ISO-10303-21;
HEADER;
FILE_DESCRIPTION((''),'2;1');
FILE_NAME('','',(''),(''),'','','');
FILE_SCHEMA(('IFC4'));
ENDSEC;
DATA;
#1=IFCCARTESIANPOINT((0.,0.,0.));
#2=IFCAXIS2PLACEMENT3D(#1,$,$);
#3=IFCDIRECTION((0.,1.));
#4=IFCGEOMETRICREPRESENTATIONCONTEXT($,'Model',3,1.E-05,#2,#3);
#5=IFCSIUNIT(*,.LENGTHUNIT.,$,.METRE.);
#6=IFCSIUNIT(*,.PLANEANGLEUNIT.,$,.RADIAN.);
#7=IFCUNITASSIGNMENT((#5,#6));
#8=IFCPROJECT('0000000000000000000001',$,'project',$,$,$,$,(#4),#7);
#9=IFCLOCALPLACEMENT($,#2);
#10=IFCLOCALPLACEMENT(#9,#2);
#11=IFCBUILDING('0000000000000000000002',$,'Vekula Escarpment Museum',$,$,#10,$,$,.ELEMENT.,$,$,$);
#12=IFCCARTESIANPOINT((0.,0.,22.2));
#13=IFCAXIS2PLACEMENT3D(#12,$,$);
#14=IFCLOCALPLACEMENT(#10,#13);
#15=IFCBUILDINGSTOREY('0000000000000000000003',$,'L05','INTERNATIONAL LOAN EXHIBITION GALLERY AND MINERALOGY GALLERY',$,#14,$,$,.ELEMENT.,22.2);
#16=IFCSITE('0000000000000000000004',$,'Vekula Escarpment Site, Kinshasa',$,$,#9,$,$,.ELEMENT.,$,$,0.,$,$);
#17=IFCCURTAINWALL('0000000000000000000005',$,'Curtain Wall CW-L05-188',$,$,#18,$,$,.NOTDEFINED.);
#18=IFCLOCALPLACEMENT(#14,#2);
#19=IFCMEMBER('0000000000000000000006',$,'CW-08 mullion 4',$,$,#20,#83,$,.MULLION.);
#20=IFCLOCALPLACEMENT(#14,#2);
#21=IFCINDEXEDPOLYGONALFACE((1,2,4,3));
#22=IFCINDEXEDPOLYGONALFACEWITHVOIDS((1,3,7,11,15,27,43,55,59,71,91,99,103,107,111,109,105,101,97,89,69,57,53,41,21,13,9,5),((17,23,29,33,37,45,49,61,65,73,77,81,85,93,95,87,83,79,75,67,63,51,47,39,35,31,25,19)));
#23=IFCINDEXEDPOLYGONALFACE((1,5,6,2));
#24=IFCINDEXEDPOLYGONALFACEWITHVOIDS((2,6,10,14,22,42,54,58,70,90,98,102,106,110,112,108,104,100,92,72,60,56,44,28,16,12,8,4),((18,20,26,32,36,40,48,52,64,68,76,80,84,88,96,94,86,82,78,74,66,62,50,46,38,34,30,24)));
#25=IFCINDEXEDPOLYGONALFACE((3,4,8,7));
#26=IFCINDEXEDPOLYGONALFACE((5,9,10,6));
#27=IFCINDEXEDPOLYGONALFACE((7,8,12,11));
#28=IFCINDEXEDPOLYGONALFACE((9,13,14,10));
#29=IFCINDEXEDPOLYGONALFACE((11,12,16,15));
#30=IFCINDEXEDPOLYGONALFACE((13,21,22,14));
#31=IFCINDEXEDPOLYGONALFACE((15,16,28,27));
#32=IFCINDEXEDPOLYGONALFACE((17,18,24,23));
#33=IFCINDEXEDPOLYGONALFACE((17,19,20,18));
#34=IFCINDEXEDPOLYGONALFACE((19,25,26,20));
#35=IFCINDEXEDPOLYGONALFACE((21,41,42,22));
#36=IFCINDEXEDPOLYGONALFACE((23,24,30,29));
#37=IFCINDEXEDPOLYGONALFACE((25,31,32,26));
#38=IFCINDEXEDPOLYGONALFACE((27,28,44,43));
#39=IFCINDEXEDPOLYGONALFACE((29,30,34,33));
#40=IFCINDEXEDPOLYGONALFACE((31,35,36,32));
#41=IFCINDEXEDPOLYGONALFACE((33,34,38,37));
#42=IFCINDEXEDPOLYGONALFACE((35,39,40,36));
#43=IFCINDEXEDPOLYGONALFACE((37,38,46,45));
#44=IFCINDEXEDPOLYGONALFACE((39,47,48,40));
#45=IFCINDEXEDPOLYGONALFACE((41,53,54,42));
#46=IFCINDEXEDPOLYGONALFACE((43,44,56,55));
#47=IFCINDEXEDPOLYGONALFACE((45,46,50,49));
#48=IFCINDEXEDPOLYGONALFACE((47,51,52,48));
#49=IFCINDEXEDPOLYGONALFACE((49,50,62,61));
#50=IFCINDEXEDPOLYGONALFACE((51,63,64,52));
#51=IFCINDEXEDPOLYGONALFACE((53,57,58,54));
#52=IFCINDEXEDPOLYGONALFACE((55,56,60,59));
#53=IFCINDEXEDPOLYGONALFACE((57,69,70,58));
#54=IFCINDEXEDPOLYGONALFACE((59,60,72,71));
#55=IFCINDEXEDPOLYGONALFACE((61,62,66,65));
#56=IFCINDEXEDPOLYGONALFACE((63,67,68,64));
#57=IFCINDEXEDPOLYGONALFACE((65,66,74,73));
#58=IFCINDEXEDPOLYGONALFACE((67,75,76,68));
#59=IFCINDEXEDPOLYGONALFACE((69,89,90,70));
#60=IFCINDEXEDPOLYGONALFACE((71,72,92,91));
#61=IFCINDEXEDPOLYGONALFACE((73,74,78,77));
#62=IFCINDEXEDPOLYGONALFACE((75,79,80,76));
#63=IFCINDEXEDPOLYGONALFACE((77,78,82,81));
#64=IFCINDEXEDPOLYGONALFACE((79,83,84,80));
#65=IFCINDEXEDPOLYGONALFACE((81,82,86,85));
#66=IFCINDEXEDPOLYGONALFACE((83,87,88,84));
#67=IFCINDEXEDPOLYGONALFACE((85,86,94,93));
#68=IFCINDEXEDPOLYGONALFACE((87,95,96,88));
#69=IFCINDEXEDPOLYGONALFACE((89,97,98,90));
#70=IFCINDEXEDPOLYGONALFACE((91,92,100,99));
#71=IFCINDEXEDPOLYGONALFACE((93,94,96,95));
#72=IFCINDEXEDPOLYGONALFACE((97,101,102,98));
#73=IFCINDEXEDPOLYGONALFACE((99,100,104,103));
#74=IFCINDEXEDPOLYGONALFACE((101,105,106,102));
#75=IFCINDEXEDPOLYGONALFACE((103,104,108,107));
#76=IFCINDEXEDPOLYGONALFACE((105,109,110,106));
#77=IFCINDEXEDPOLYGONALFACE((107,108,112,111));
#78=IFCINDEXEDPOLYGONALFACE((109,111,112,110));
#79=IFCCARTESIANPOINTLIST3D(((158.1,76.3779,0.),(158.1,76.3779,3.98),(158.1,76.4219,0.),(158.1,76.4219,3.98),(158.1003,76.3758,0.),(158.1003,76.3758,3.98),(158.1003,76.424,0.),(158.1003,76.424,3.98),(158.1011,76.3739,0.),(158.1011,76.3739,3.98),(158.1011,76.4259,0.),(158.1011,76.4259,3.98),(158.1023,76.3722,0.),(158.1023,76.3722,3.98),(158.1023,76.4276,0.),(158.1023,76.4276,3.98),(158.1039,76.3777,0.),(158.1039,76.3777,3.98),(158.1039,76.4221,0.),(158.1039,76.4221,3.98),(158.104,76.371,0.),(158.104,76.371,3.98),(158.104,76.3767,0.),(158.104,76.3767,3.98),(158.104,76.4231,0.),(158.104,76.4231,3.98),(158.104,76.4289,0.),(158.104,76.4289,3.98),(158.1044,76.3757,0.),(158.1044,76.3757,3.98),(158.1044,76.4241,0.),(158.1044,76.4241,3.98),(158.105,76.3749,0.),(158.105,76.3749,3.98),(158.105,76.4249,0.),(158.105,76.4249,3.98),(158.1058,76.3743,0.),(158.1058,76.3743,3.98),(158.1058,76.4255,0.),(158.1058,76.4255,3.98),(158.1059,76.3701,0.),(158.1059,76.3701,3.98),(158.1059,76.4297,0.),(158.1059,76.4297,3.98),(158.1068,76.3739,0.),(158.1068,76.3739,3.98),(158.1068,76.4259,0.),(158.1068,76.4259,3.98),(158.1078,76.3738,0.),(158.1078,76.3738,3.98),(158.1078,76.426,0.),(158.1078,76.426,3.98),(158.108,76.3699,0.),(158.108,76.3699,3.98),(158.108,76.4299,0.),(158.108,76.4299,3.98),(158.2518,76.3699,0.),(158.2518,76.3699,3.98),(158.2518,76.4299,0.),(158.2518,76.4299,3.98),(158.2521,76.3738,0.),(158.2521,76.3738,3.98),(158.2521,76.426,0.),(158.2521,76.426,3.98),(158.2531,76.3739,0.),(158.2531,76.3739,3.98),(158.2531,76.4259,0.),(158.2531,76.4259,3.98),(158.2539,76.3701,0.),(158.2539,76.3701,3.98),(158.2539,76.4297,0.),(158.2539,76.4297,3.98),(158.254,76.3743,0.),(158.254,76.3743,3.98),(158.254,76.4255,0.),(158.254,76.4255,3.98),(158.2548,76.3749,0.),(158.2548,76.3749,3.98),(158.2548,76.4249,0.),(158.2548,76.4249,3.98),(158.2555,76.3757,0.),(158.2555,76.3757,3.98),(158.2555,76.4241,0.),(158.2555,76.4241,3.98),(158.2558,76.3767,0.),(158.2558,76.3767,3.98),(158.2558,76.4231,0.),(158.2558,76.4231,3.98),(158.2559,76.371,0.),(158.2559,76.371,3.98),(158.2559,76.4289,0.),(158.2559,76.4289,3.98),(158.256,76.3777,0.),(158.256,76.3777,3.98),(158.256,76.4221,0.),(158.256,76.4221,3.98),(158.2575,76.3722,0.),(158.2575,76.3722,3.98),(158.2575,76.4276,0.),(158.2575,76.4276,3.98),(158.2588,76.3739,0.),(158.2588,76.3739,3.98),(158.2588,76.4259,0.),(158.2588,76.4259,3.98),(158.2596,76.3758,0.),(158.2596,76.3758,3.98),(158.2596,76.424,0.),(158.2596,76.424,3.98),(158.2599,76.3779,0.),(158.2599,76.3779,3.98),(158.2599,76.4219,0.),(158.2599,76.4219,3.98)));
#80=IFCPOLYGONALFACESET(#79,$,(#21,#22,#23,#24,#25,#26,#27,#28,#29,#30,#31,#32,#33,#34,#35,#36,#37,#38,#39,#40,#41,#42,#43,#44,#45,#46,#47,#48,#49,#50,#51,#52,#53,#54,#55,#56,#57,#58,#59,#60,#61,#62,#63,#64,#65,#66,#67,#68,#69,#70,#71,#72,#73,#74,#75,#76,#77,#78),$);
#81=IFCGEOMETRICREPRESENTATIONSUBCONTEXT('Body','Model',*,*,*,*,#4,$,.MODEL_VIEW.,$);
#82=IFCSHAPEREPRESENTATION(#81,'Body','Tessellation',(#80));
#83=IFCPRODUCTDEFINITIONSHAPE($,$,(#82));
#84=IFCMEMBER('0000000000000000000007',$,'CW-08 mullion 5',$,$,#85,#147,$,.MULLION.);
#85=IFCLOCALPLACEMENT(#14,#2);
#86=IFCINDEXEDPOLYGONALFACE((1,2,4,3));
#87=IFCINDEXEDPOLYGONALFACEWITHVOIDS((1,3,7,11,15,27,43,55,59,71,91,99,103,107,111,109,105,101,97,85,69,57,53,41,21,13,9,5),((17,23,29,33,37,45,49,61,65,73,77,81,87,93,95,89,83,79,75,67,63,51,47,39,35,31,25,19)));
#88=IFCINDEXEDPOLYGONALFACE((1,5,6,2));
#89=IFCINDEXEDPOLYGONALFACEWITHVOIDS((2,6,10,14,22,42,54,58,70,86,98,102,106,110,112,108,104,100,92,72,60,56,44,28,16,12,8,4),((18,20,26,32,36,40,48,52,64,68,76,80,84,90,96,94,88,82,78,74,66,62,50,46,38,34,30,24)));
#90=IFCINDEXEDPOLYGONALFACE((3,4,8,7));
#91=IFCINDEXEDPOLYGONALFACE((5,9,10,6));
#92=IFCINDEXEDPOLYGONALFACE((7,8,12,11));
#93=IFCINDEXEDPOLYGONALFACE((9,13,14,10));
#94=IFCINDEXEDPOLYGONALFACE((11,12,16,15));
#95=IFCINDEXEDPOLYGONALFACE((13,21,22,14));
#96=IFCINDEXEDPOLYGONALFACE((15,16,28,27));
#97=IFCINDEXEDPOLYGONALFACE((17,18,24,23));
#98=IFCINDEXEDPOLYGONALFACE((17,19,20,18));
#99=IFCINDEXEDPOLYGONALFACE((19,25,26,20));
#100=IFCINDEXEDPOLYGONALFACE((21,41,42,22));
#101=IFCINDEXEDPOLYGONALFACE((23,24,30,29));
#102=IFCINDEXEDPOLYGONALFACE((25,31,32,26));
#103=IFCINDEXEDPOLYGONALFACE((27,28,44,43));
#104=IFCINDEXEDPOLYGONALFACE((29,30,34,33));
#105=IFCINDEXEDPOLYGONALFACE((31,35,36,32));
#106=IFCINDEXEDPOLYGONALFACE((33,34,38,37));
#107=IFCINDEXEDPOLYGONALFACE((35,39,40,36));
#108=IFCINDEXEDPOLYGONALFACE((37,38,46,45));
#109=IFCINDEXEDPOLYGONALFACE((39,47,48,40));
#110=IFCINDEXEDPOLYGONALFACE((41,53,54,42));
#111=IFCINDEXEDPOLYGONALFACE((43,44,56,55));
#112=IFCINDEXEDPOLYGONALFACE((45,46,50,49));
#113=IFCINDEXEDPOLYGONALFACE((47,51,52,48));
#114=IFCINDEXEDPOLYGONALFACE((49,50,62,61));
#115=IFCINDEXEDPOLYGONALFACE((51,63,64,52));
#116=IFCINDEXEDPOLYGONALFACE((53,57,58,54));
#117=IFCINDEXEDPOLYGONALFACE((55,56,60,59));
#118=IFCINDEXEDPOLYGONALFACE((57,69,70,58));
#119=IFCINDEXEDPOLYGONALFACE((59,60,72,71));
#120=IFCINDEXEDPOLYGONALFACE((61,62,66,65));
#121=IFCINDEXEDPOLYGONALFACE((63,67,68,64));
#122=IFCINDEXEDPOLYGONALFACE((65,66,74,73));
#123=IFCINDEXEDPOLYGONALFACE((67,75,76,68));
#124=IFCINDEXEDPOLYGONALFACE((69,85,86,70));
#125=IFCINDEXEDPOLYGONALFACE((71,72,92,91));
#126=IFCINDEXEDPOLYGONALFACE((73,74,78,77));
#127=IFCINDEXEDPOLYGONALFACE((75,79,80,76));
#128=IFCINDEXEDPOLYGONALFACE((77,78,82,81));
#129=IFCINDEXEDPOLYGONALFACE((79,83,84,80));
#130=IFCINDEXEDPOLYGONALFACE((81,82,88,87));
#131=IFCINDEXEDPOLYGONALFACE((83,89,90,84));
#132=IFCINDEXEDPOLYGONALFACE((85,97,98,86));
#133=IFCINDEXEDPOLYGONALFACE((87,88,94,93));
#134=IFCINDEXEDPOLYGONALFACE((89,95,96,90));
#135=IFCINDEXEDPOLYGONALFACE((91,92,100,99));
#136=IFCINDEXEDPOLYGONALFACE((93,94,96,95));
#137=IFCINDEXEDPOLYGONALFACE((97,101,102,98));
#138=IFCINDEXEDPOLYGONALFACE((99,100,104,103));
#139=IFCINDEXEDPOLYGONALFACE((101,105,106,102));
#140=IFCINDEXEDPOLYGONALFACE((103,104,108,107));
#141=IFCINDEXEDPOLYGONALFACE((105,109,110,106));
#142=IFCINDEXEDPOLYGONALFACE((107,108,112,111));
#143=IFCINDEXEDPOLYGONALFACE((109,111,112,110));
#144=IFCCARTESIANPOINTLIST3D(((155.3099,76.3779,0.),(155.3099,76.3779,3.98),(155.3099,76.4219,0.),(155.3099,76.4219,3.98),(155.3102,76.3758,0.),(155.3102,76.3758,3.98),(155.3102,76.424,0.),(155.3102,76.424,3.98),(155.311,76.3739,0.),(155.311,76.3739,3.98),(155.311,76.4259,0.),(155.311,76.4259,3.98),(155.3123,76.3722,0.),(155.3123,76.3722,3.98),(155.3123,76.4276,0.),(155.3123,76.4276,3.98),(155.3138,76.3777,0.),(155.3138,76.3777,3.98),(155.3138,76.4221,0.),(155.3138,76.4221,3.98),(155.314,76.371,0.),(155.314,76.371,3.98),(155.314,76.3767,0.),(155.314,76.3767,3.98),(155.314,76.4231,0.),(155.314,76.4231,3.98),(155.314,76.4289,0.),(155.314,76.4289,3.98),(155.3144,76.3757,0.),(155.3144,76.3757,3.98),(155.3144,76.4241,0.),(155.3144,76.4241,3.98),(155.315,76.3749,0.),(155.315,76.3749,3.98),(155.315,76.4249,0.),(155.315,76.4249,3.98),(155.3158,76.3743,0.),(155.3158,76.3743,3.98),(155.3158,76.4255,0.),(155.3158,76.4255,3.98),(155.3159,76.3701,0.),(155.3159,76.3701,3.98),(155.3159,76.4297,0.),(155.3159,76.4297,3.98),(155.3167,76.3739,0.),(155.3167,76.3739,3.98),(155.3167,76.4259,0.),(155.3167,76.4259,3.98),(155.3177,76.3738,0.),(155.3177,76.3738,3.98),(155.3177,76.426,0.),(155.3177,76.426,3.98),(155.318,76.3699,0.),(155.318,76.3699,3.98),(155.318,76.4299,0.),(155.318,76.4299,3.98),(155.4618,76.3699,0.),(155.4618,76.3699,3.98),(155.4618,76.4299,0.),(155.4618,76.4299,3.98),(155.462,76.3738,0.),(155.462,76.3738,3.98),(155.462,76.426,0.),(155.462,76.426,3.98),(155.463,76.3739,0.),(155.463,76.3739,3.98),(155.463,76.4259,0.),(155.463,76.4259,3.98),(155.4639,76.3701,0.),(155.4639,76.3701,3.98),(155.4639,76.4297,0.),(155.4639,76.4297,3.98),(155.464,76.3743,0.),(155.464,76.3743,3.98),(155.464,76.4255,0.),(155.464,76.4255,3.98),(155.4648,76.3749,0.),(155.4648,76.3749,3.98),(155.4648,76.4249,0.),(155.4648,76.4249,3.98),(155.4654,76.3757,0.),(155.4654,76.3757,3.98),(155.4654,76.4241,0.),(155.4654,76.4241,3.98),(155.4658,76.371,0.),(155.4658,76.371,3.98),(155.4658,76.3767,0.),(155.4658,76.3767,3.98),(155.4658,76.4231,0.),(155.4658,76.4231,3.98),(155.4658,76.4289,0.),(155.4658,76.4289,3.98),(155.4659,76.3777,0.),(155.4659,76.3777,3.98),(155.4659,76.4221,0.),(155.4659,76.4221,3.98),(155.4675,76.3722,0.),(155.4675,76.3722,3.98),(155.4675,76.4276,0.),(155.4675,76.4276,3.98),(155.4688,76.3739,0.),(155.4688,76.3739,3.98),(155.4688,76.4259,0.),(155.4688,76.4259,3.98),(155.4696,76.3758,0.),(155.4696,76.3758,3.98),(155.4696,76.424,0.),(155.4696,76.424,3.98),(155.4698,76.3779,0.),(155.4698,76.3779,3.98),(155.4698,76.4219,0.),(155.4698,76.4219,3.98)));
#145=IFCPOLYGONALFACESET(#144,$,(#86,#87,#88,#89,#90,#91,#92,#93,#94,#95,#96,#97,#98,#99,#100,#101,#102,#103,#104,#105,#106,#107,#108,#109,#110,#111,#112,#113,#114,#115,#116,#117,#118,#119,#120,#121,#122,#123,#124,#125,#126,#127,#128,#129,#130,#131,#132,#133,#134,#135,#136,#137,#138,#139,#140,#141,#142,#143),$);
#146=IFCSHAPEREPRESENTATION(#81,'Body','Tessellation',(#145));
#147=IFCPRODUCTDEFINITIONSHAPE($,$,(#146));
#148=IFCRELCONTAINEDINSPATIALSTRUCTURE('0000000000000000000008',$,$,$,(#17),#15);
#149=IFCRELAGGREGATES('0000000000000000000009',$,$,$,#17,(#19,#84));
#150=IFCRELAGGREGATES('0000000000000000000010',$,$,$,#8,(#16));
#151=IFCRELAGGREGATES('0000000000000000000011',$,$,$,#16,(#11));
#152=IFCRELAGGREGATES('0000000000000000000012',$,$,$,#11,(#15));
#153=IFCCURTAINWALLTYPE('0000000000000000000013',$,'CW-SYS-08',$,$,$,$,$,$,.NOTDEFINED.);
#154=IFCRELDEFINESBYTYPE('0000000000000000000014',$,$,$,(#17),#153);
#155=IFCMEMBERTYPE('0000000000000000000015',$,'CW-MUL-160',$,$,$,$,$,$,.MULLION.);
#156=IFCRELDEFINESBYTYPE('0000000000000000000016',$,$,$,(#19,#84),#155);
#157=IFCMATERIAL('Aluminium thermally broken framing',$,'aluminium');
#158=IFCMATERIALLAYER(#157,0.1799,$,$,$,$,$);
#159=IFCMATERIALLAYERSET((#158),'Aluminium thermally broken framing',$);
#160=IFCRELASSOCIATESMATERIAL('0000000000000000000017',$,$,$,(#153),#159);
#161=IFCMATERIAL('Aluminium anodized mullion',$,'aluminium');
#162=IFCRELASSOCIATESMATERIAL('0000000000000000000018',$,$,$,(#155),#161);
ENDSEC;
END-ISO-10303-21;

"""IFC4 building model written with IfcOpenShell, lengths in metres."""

from ifc_helpers import new_model, si_unit, direction, frame, origin, origin_2d, place, context, subcontext, project, spatial, hollow_rectangle, extrude, material, layer, layer_set, material_profile, profile_set, type_object, element, aggregate, save


model = new_model("IFC4")

# Units and contexts
model_context = context("Model", 3, precision=1e-05, world=origin(), true_north=direction((0.0, 1.0)))
body_context = subcontext(model_context, "Body", "Model", "MODEL_VIEW")
ifc_project = project(units=[si_unit("LENGTHUNIT", "METRE"), si_unit("PLANEANGLEUNIT", "RADIAN")], contexts=[model_context])

# Site, building, storey
site_placement = place(None, origin())
site = spatial("IfcSite", under=ifc_project, at=site_placement, Name="Vekula Escarpment Site, Kinshasa", CompositionType="ELEMENT", RefElevation=0.0)
building_placement = place(site_placement, origin())
building = spatial("IfcBuilding", under=site, at=building_placement, Name="Vekula Escarpment Museum", CompositionType="ELEMENT")
storey_placement = place(building_placement, frame((0.0, 0.0, 22.2)))
storey = spatial("IfcBuildingStorey", under=building, at=storey_placement, Name="L05", Description="INTERNATIONAL LOAN EXHIBITION GALLERY AND MINERALOGY GALLERY", CompositionType="ELEMENT", Elevation=22.2)

# Curtain wall, members
ifc_material_1 = material(Name="Aluminium thermally broken framing", Category="aluminium")
ifc_layer_1 = layer(ifc_material_1, 0.1799)
ifc_layer_set_1 = layer_set([ifc_layer_1], Name="Aluminium thermally broken framing")
curtain_wall_type = type_object("IfcCurtainWallType", Name="CW-SYS-08", PredefinedType="NOTDEFINED", material=ifc_layer_set_1)
curtain_wall_placement = place(storey_placement, origin())
curtain_wall = element("IfcCurtainWall", 1, at=curtain_wall_placement, inside=storey, type_object=curtain_wall_type, Name="Curtain Wall CW-L05-188", PredefinedType="NOTDEFINED")
ifc_material_2 = material(Name="Aluminium anodized mullion", Category="aluminium")
ifc_material_profile_1 = material_profile(ifc_material_2, hollow_rectangle(XDim=0.0601, YDim=0.1599, WallThickness=0.0039, InnerFilletRadius=0.0039, OuterFilletRadius=0.0081, at=origin_2d()), Name="ALU 160x60x4")
ifc_profile_set_1 = profile_set([ifc_material_profile_1], Name="Aluminium anodized mullion")
member_type_1 = type_object("IfcMemberType", Name="CW-MUL-160", PredefinedType="MULLION", material=ifc_profile_set_1)
member_1_placement = place(storey_placement, frame((158.1799, 76.3999, 0.0), z_axis=(0.0, 0.0, 1.0), x_axis=(0.0, -1.0, 0.0)))
member_1 = element("IfcMember", 2, at=member_1_placement, type_object=member_type_1, Name="CW-08 mullion 4", PredefinedType="MULLION", context=body_context, shape_type="SweptSolid", body=[
    extrude(hollow_rectangle(XDim=0.0601, YDim=0.1599, WallThickness=0.0039, InnerFilletRadius=0.0039, OuterFilletRadius=0.0081, at=origin_2d()), origin(), (0.0, 0.0, 1.0), 3.98),
])
member_2_placement = place(storey_placement, frame((155.3899, 76.3999, 0.0), z_axis=(0.0, 0.0, 1.0), x_axis=(0.0, -1.0, 0.0)))
member_2 = element("IfcMember", 3, at=member_2_placement, type_object=member_type_1, Name="CW-08 mullion 5", PredefinedType="MULLION", context=body_context, shape_type="SweptSolid", body=[
    extrude(hollow_rectangle(XDim=0.0601, YDim=0.1599, WallThickness=0.0039, InnerFilletRadius=0.0039, OuterFilletRadius=0.0081, at=origin_2d()), origin(), (0.0, 0.0, 1.0), 3.98),
])
aggregate(curtain_wall, [member_1, member_2])

save(model, "model.ifc")
